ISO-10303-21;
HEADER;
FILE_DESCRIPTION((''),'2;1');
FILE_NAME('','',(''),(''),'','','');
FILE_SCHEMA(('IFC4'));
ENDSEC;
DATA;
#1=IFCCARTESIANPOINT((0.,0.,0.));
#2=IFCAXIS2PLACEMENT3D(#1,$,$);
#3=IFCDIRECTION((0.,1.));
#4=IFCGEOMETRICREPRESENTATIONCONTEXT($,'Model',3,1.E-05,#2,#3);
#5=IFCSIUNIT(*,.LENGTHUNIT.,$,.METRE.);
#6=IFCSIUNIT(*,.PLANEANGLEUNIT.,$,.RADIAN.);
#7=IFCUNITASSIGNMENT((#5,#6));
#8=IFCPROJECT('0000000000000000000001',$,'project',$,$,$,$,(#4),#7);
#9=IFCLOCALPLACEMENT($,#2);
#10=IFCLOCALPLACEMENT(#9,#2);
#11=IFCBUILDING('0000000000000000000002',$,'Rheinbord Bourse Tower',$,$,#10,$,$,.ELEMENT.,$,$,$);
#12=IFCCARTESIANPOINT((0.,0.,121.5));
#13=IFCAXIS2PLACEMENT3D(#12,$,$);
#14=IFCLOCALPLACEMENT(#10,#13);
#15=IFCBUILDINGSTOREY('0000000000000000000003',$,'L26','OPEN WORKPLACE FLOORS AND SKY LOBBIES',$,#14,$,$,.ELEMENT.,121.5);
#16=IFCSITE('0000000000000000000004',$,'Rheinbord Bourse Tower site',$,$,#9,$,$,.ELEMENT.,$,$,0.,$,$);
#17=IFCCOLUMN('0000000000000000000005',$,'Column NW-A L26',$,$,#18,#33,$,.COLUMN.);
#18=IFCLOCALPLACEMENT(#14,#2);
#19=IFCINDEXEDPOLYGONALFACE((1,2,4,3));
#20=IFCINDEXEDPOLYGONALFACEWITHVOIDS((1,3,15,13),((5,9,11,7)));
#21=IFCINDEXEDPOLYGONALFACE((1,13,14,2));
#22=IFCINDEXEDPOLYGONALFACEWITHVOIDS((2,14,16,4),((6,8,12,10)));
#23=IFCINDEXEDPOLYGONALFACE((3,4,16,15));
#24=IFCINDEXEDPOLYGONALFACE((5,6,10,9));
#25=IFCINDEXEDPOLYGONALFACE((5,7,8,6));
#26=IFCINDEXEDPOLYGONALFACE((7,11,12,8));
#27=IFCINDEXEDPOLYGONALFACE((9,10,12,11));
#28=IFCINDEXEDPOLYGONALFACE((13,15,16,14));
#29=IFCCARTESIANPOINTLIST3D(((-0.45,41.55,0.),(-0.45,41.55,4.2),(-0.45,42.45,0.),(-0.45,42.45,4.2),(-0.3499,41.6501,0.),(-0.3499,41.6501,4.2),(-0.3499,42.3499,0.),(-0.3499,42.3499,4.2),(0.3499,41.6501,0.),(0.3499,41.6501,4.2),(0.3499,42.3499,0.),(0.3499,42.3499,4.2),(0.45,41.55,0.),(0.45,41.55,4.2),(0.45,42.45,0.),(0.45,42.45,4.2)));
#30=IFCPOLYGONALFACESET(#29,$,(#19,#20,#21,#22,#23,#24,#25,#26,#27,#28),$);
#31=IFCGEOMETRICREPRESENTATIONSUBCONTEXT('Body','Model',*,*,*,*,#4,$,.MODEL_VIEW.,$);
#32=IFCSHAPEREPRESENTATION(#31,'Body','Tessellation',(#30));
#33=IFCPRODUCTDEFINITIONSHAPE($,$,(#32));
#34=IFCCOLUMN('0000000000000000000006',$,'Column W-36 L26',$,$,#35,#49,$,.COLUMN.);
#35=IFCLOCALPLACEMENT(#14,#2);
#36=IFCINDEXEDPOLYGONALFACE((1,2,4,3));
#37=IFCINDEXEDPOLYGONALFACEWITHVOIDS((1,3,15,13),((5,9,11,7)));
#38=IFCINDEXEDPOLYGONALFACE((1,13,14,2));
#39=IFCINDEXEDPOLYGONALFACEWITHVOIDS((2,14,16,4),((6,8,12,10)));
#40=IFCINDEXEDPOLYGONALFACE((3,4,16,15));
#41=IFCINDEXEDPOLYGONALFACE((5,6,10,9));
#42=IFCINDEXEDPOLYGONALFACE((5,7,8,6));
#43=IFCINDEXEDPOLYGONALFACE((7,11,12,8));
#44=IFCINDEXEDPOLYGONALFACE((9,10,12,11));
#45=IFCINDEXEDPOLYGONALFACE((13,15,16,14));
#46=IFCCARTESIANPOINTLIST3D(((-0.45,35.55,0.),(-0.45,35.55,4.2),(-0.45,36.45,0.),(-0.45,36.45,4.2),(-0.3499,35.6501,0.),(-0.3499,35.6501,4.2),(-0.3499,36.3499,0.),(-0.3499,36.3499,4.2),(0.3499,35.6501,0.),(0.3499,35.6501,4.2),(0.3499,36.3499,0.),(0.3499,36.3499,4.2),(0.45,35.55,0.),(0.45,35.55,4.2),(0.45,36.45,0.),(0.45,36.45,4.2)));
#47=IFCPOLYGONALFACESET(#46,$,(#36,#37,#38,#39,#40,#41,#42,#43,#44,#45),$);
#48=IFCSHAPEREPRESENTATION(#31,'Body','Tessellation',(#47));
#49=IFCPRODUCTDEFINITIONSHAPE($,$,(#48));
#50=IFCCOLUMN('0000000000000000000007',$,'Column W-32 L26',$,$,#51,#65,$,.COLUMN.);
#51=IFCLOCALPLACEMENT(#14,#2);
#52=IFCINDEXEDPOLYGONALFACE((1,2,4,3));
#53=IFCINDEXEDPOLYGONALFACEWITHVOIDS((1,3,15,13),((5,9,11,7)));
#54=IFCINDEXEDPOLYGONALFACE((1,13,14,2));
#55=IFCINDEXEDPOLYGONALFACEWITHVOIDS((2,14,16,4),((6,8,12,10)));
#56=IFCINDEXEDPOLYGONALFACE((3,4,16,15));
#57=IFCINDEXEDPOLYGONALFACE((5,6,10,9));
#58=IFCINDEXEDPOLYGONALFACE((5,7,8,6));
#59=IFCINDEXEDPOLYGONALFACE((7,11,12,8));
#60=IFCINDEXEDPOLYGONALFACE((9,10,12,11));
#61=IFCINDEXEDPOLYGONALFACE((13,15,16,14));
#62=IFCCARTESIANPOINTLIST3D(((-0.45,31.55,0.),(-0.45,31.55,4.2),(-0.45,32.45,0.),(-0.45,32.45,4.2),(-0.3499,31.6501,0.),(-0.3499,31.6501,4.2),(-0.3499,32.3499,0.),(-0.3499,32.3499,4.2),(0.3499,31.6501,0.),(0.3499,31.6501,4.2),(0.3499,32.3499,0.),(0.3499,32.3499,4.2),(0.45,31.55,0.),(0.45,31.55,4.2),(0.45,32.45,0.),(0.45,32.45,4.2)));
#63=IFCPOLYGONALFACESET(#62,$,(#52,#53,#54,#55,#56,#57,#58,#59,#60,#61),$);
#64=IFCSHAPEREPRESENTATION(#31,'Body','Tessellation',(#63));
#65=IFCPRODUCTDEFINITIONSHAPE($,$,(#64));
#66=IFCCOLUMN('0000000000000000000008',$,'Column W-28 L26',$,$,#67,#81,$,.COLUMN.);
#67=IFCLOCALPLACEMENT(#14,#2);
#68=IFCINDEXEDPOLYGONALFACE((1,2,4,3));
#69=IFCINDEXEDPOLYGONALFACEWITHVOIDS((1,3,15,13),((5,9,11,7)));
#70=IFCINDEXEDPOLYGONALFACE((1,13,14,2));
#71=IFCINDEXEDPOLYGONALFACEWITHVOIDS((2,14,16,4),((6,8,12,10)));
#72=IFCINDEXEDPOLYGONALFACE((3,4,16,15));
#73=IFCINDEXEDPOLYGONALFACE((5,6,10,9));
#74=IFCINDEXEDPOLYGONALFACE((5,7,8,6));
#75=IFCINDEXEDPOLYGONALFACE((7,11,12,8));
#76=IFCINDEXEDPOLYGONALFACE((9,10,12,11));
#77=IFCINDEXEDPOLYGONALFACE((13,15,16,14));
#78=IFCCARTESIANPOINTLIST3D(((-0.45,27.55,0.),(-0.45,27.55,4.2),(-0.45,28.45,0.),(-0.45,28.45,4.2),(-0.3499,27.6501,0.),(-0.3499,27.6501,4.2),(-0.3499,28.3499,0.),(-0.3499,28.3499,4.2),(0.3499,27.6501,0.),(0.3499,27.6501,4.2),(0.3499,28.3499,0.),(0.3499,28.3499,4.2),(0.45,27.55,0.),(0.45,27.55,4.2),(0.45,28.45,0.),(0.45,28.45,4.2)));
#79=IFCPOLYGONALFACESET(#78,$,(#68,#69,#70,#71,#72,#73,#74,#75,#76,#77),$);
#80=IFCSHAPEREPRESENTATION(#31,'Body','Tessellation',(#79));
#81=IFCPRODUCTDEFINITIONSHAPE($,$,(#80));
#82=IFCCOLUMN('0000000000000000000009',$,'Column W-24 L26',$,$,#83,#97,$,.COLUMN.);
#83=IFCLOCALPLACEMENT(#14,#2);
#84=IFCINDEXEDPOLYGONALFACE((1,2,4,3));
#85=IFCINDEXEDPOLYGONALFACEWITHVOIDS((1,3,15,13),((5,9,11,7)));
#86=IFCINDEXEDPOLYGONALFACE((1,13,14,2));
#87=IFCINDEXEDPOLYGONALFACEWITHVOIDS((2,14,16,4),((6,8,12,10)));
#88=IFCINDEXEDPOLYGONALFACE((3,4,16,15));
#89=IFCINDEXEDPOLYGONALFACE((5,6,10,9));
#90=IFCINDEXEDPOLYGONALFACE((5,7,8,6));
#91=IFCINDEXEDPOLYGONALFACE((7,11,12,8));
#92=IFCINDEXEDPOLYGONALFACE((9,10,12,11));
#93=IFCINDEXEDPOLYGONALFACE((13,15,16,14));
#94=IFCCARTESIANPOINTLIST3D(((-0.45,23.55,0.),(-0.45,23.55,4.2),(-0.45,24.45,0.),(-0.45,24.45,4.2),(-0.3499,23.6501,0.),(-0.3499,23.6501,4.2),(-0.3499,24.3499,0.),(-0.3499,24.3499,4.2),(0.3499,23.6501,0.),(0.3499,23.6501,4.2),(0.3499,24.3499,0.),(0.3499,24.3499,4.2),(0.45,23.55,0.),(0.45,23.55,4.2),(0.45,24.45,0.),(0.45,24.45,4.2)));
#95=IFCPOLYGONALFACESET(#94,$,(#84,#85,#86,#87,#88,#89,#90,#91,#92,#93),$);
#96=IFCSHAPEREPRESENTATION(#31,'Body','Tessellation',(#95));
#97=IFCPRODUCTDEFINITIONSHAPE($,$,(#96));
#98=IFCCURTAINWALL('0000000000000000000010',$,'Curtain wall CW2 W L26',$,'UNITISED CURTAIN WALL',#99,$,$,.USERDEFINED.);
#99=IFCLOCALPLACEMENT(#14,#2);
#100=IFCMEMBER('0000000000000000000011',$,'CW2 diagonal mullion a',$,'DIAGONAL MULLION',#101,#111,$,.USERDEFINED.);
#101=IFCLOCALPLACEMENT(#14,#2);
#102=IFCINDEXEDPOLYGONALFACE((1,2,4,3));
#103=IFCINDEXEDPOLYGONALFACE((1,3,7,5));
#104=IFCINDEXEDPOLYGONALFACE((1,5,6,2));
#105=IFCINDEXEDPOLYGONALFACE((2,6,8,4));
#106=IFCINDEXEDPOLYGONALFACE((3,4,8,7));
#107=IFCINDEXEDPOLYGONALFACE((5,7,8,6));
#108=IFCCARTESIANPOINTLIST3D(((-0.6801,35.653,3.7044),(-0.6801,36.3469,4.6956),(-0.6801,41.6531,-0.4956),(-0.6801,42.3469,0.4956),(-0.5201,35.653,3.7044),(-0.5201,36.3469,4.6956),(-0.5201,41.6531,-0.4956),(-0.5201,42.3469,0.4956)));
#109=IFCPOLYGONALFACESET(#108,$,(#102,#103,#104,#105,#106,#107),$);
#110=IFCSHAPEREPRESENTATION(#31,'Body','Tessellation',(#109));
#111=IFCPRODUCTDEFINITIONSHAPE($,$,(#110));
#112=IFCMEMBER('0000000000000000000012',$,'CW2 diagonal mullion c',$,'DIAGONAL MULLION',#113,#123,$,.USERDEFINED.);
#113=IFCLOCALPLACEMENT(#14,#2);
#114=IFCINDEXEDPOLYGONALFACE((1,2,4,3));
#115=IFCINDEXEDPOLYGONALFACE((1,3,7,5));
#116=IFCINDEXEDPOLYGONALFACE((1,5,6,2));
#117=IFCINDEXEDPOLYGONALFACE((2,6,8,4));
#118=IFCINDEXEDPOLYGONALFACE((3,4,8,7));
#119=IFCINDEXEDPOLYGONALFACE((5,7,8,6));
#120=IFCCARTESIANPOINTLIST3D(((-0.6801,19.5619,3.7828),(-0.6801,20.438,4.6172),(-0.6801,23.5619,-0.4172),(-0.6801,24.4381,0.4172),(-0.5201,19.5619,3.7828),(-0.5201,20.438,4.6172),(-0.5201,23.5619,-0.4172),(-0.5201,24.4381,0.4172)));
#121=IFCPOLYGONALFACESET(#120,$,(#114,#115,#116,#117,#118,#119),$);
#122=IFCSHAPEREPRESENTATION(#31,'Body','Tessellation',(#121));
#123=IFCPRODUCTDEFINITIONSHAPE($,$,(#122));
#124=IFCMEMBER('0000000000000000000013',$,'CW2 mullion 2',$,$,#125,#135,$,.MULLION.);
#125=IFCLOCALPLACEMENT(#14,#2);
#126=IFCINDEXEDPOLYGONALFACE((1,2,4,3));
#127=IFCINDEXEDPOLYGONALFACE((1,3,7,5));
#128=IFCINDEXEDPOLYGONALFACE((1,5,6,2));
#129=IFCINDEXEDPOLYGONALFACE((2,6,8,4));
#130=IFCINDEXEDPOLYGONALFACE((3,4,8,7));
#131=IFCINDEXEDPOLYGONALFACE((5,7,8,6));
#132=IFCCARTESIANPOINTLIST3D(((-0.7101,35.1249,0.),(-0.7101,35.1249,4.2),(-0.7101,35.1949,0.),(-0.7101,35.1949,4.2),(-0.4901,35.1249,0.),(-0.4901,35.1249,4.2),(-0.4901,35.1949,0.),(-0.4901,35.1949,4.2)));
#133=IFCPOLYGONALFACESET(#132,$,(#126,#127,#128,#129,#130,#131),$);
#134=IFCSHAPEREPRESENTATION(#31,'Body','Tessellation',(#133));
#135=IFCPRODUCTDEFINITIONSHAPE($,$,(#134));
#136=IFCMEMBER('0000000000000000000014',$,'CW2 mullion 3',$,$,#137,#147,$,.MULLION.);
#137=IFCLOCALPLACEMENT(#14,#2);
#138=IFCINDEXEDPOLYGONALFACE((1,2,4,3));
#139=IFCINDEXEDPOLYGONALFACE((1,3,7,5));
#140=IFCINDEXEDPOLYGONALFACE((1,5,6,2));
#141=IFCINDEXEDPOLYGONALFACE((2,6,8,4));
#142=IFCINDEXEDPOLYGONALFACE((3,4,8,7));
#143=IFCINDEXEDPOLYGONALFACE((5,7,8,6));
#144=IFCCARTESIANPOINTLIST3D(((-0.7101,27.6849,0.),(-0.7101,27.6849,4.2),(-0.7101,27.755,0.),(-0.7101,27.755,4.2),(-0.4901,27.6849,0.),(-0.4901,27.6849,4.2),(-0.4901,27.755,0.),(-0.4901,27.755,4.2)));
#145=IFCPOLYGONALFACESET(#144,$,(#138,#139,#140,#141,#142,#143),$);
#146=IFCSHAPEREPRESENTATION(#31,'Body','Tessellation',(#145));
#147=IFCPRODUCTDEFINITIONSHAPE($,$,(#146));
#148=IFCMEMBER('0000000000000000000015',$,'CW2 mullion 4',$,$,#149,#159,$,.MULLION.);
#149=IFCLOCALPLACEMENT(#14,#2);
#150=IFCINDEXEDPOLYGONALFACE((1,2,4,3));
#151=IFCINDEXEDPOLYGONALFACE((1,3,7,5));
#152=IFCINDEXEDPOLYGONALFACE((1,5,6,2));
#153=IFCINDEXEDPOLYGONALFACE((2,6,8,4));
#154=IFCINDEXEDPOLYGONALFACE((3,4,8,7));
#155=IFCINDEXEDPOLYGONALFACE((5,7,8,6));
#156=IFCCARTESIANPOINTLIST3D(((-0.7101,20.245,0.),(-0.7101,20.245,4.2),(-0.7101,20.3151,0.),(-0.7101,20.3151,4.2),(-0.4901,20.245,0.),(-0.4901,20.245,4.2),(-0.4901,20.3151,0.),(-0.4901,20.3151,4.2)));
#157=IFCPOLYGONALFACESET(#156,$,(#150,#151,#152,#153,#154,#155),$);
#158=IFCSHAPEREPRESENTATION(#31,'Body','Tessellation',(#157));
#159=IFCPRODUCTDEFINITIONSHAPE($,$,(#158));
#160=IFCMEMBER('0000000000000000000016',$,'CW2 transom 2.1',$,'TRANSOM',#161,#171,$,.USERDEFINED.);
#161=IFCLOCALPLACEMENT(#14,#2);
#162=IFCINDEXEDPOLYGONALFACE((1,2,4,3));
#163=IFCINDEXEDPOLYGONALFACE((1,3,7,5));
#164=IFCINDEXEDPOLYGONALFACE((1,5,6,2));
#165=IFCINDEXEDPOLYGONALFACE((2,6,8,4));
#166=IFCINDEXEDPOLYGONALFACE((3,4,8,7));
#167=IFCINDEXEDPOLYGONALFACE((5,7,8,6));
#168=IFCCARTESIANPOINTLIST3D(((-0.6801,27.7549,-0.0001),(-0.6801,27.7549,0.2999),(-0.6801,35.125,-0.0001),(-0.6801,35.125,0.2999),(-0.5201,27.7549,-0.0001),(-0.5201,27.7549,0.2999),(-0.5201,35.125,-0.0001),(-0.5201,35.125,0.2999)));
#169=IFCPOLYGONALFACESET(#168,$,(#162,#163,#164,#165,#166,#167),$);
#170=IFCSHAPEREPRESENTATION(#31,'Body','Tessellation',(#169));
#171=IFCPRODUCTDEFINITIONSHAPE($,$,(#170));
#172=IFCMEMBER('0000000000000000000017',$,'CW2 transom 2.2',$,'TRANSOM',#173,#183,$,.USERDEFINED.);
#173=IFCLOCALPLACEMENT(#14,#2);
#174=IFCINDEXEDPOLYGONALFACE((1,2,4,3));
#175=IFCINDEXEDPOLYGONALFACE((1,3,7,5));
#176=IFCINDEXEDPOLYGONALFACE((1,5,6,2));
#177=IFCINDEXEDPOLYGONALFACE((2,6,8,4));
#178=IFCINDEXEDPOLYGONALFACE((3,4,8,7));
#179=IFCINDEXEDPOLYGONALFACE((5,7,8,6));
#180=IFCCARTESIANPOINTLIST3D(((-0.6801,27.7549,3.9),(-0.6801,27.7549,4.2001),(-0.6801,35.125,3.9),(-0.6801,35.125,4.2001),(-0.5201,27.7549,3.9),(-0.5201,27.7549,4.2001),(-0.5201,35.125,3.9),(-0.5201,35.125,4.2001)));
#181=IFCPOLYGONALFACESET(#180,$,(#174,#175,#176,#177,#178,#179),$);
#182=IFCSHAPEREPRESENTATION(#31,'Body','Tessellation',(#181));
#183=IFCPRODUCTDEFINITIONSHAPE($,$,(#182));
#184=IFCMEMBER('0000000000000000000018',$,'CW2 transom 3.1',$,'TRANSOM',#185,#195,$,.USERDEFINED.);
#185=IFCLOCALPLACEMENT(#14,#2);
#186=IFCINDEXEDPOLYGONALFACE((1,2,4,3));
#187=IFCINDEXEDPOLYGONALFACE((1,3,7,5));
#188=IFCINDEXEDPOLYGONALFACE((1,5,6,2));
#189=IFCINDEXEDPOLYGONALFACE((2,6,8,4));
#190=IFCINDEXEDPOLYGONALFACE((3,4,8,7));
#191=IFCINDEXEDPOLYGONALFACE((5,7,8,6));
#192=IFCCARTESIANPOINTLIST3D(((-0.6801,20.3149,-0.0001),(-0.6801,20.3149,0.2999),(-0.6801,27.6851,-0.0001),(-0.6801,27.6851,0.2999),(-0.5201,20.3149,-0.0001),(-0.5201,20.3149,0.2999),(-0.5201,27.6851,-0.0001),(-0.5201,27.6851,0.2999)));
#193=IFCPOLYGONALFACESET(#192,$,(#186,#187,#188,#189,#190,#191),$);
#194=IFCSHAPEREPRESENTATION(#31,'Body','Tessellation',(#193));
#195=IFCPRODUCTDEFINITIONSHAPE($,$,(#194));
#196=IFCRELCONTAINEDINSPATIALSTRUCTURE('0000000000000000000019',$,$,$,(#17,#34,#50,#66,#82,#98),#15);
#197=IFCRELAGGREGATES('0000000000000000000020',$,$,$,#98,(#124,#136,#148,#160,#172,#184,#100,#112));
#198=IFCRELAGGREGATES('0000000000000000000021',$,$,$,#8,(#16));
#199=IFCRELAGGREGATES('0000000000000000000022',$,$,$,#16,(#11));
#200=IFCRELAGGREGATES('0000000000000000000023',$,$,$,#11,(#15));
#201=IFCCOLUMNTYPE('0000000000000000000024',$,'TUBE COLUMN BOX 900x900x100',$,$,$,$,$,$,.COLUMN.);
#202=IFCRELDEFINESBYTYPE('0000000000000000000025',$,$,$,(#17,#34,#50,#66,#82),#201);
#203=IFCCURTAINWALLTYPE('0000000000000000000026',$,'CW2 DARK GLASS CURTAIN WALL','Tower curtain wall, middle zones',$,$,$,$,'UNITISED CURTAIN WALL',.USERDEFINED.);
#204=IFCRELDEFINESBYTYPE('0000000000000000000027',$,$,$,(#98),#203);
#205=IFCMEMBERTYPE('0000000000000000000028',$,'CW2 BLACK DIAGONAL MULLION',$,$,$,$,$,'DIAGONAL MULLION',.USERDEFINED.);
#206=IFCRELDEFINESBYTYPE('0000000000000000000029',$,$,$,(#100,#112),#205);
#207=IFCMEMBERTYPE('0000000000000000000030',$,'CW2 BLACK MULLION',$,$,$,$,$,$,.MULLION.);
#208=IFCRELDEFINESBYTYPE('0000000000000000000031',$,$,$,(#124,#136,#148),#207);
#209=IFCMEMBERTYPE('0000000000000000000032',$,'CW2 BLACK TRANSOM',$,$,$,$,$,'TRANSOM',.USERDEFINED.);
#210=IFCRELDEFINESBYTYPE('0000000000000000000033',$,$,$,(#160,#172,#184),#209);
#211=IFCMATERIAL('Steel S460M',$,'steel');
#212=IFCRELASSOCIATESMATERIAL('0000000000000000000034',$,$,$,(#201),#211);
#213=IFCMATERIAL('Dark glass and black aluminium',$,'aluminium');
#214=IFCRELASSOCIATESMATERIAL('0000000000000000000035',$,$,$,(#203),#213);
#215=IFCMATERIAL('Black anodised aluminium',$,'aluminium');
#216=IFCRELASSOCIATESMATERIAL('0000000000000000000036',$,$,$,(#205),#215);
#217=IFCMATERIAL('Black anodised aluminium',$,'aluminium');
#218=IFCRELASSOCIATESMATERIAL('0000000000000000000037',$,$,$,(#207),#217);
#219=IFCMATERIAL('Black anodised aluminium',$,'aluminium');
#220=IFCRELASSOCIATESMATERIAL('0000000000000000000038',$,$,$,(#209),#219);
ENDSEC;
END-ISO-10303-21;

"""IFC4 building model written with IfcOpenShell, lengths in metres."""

from ifc_helpers import new_model, si_unit, direction, frame, origin, origin_2d, place, context, subcontext, project, spatial, rectangle, hollow_rectangle, extrude, material, material_profile, profile_set, type_object, element, aggregate, save


model = new_model("IFC4")

# Units and contexts
model_context = context("Model", 3, precision=1e-05, world=origin(), true_north=direction((0.0, 1.0)))
body_context = subcontext(model_context, "Body", "Model", "MODEL_VIEW")
ifc_project = project(units=[si_unit("LENGTHUNIT", "METRE"), si_unit("PLANEANGLEUNIT", "RADIAN")], contexts=[model_context])

# Site, building, storey
site_placement = place(None, origin())
site = spatial("IfcSite", under=ifc_project, at=site_placement, Name="Rheinbord Bourse Tower site", CompositionType="ELEMENT", RefElevation=0.0)
building_placement = place(site_placement, origin())
building = spatial("IfcBuilding", under=site, at=building_placement, Name="Rheinbord Bourse Tower", CompositionType="ELEMENT")
storey_placement = place(building_placement, frame((0.0, 0.0, 121.5)))
storey = spatial("IfcBuildingStorey", under=building, at=storey_placement, Name="L26", Description="OPEN WORKPLACE FLOORS AND SKY LOBBIES", CompositionType="ELEMENT", Elevation=121.5)

# Columns
ifc_material_1 = material(Name="Steel S460M", Category="steel")
ifc_material_profile_1 = material_profile(ifc_material_1, hollow_rectangle(XDim=0.8999, YDim=0.8999, WallThickness=0.1001, at=origin_2d()), Name="BOX 900x900x100")
ifc_profile_set_1 = profile_set([ifc_material_profile_1], Name="Steel S460M")
column_type = type_object("IfcColumnType", Name="TUBE COLUMN BOX 900x900x100", PredefinedType="COLUMN", material=ifc_profile_set_1)
for number, where, z_axis, x_axis, name in (
    (1, (0.0, 42.0, 0.0), (0.0, 0.0, 1.0), (1.0, 0.0, 0.0), "Column NW-A L26"),
    (2, (0.0, 36.0, 0.0), (0.0, 0.0, 1.0), (1.0, 0.0, 0.0), "Column W-36 L26"),
    (3, (0.0, 32.0, 0.0), (0.0, 0.0, 1.0), (1.0, 0.0, 0.0), "Column W-32 L26"),
    (4, (0.0, 28.0, 0.0), (0.0, 0.0, 1.0), (1.0, 0.0, 0.0), "Column W-28 L26"),
    (5, (0.0, 24.0, 0.0), (0.0, 0.0, 1.0), (1.0, 0.0, 0.0), "Column W-24 L26"),
):
    element("IfcColumn", number, at=place(storey_placement, frame(where, z_axis=z_axis, x_axis=x_axis)), inside=storey, type_object=column_type, Name=name, PredefinedType="COLUMN", context=body_context, shape_type="SweptSolid", body=[
        extrude(hollow_rectangle(XDim=0.8999, YDim=0.8999, WallThickness=0.1001, at=origin_2d()), origin(), (0.0, 0.0, 1.0), 4.2),
    ])

# Curtain wall, members
ifc_material_2 = material(Name="Dark glass and black aluminium", Category="aluminium")
curtain_wall_type = type_object("IfcCurtainWallType", Name="CW2 DARK GLASS CURTAIN WALL", Description="Tower curtain wall, middle zones", ElementType="UNITISED CURTAIN WALL", PredefinedType="USERDEFINED", material=ifc_material_2)
curtain_wall_placement = place(storey_placement, origin())
curtain_wall = element("IfcCurtainWall", 6, at=curtain_wall_placement, inside=storey, type_object=curtain_wall_type, Name="Curtain wall CW2 W L26", ObjectType="UNITISED CURTAIN WALL", PredefinedType="USERDEFINED")
ifc_material_3 = material(Name="Black anodised aluminium", Category="aluminium")
ifc_material_profile_2 = material_profile(ifc_material_3, rectangle(XDim=0.1599, YDim=1.21, at=origin_2d()), Name="CW2 DIAGONAL MULLION 1210x160")
ifc_profile_set_2 = profile_set([ifc_material_profile_2], Name="Black anodised aluminium")
member_type_1 = type_object("IfcMemberType", Name="CW2 BLACK DIAGONAL MULLION", ElementType="DIAGONAL MULLION", PredefinedType="USERDEFINED", material=ifc_profile_set_2)
member_1_placement = place(storey_placement, frame((-0.6001, 42.0, 0.0), z_axis=(0.0, -0.819235, 0.573458), x_axis=(1.0, 0.0, 0.0)))
member_1 = element("IfcMember", 7, at=member_1_placement, type_object=member_type_1, Name="CW2 diagonal mullion a", ObjectType="DIAGONAL MULLION", PredefinedType="USERDEFINED", context=body_context, shape_type="SweptSolid", body=[
    extrude(rectangle(XDim=0.1599, YDim=1.21, at=origin_2d()), origin(), (0.0, 0.0, 1.0), 7.324),
])
member_2_placement = place(storey_placement, frame((-0.6001, 24.0, 0.0), z_axis=(0.0, -0.689659, 0.724134), x_axis=(1.0, 0.0, 0.0)))
member_2 = element("IfcMember", 8, at=member_2_placement, type_object=member_type_1, Name="CW2 diagonal mullion c", ObjectType="DIAGONAL MULLION", PredefinedType="USERDEFINED", context=body_context, shape_type="SweptSolid", body=[
    extrude(rectangle(XDim=0.1599, YDim=1.21, at=origin_2d()), origin(), (0.0, 0.0, 1.0), 5.8),
])
ifc_material_4 = material(Name="Black anodised aluminium", Category="aluminium")
ifc_material_profile_3 = material_profile(ifc_material_4, rectangle(XDim=0.22, YDim=0.0701, at=origin_2d()), Name="CW2 MULLION 70x220")
ifc_profile_set_3 = profile_set([ifc_material_profile_3], Name="Black anodised aluminium")
member_type_2 = type_object("IfcMemberType", Name="CW2 BLACK MULLION", PredefinedType="MULLION", material=ifc_profile_set_3)
member_3_placement = place(storey_placement, frame((-0.6001, 35.1599, 0.0), z_axis=(0.0, 0.0, 1.0), x_axis=(1.0, 0.0, 0.0)))
member_3 = element("IfcMember", 9, at=member_3_placement, type_object=member_type_2, Name="CW2 mullion 2", PredefinedType="MULLION", context=body_context, shape_type="SweptSolid", body=[
    extrude(rectangle(XDim=0.22, YDim=0.0701, at=origin_2d()), origin(), (0.0, 0.0, 1.0), 4.2),
])
member_4_placement = place(storey_placement, frame((-0.6001, 27.72, 0.0), z_axis=(0.0, 0.0, 1.0), x_axis=(1.0, 0.0, 0.0)))
member_4 = element("IfcMember", 10, at=member_4_placement, type_object=member_type_2, Name="CW2 mullion 3", PredefinedType="MULLION", context=body_context, shape_type="SweptSolid", body=[
    extrude(rectangle(XDim=0.22, YDim=0.0701, at=origin_2d()), origin(), (0.0, 0.0, 1.0), 4.2),
])
member_5_placement = place(storey_placement, frame((-0.6001, 20.28, 0.0), z_axis=(0.0, 0.0, 1.0), x_axis=(1.0, 0.0, 0.0)))
member_5 = element("IfcMember", 11, at=member_5_placement, type_object=member_type_2, Name="CW2 mullion 4", PredefinedType="MULLION", context=body_context, shape_type="SweptSolid", body=[
    extrude(rectangle(XDim=0.22, YDim=0.0701, at=origin_2d()), origin(), (0.0, 0.0, 1.0), 4.2),
])
ifc_material_5 = material(Name="Black anodised aluminium", Category="aluminium")
ifc_material_profile_4 = material_profile(ifc_material_5, rectangle(XDim=0.1599, YDim=0.3, at=origin_2d()), Name="CW2 TRANSOM 300x160")
ifc_profile_set_4 = profile_set([ifc_material_profile_4], Name="Black anodised aluminium")
member_type_3 = type_object("IfcMemberType", Name="CW2 BLACK TRANSOM", ElementType="TRANSOM", PredefinedType="USERDEFINED", material=ifc_profile_set_4)
member_6_placement = place(storey_placement, frame((-0.6001, 35.125, 0.1499), z_axis=(0.0, -1.0, 0.0), x_axis=(1.0, 0.0, 0.0)))
member_6 = element("IfcMember", 12, at=member_6_placement, type_object=member_type_3, Name="CW2 transom 2.1", ObjectType="TRANSOM", PredefinedType="USERDEFINED", context=body_context, shape_type="SweptSolid", body=[
    extrude(rectangle(XDim=0.1599, YDim=0.3, at=origin_2d()), origin(), (0.0, 0.0, 1.0), 7.3701),
])
member_7_placement = place(storey_placement, frame((-0.6001, 35.125, 4.05), z_axis=(0.0, -1.0, 0.0), x_axis=(1.0, 0.0, 0.0)))
member_7 = element("IfcMember", 13, at=member_7_placement, type_object=member_type_3, Name="CW2 transom 2.2", ObjectType="TRANSOM", PredefinedType="USERDEFINED", context=body_context, shape_type="SweptSolid", body=[
    extrude(rectangle(XDim=0.1599, YDim=0.3, at=origin_2d()), origin(), (0.0, 0.0, 1.0), 7.3701),
])
member_8_placement = place(storey_placement, frame((-0.6001, 27.6851, 0.1499), z_axis=(0.0, -1.0, 0.0), x_axis=(1.0, 0.0, 0.0)))
member_8 = element("IfcMember", 14, at=member_8_placement, type_object=member_type_3, Name="CW2 transom 3.1", ObjectType="TRANSOM", PredefinedType="USERDEFINED", context=body_context, shape_type="SweptSolid", body=[
    extrude(rectangle(XDim=0.1599, YDim=0.3, at=origin_2d()), origin(), (0.0, 0.0, 1.0), 7.3701),
])

aggregate(curtain_wall, [member_3, member_4, member_5, member_6, member_7, member_8, member_1, member_2])

save(model, "model.ifc")
